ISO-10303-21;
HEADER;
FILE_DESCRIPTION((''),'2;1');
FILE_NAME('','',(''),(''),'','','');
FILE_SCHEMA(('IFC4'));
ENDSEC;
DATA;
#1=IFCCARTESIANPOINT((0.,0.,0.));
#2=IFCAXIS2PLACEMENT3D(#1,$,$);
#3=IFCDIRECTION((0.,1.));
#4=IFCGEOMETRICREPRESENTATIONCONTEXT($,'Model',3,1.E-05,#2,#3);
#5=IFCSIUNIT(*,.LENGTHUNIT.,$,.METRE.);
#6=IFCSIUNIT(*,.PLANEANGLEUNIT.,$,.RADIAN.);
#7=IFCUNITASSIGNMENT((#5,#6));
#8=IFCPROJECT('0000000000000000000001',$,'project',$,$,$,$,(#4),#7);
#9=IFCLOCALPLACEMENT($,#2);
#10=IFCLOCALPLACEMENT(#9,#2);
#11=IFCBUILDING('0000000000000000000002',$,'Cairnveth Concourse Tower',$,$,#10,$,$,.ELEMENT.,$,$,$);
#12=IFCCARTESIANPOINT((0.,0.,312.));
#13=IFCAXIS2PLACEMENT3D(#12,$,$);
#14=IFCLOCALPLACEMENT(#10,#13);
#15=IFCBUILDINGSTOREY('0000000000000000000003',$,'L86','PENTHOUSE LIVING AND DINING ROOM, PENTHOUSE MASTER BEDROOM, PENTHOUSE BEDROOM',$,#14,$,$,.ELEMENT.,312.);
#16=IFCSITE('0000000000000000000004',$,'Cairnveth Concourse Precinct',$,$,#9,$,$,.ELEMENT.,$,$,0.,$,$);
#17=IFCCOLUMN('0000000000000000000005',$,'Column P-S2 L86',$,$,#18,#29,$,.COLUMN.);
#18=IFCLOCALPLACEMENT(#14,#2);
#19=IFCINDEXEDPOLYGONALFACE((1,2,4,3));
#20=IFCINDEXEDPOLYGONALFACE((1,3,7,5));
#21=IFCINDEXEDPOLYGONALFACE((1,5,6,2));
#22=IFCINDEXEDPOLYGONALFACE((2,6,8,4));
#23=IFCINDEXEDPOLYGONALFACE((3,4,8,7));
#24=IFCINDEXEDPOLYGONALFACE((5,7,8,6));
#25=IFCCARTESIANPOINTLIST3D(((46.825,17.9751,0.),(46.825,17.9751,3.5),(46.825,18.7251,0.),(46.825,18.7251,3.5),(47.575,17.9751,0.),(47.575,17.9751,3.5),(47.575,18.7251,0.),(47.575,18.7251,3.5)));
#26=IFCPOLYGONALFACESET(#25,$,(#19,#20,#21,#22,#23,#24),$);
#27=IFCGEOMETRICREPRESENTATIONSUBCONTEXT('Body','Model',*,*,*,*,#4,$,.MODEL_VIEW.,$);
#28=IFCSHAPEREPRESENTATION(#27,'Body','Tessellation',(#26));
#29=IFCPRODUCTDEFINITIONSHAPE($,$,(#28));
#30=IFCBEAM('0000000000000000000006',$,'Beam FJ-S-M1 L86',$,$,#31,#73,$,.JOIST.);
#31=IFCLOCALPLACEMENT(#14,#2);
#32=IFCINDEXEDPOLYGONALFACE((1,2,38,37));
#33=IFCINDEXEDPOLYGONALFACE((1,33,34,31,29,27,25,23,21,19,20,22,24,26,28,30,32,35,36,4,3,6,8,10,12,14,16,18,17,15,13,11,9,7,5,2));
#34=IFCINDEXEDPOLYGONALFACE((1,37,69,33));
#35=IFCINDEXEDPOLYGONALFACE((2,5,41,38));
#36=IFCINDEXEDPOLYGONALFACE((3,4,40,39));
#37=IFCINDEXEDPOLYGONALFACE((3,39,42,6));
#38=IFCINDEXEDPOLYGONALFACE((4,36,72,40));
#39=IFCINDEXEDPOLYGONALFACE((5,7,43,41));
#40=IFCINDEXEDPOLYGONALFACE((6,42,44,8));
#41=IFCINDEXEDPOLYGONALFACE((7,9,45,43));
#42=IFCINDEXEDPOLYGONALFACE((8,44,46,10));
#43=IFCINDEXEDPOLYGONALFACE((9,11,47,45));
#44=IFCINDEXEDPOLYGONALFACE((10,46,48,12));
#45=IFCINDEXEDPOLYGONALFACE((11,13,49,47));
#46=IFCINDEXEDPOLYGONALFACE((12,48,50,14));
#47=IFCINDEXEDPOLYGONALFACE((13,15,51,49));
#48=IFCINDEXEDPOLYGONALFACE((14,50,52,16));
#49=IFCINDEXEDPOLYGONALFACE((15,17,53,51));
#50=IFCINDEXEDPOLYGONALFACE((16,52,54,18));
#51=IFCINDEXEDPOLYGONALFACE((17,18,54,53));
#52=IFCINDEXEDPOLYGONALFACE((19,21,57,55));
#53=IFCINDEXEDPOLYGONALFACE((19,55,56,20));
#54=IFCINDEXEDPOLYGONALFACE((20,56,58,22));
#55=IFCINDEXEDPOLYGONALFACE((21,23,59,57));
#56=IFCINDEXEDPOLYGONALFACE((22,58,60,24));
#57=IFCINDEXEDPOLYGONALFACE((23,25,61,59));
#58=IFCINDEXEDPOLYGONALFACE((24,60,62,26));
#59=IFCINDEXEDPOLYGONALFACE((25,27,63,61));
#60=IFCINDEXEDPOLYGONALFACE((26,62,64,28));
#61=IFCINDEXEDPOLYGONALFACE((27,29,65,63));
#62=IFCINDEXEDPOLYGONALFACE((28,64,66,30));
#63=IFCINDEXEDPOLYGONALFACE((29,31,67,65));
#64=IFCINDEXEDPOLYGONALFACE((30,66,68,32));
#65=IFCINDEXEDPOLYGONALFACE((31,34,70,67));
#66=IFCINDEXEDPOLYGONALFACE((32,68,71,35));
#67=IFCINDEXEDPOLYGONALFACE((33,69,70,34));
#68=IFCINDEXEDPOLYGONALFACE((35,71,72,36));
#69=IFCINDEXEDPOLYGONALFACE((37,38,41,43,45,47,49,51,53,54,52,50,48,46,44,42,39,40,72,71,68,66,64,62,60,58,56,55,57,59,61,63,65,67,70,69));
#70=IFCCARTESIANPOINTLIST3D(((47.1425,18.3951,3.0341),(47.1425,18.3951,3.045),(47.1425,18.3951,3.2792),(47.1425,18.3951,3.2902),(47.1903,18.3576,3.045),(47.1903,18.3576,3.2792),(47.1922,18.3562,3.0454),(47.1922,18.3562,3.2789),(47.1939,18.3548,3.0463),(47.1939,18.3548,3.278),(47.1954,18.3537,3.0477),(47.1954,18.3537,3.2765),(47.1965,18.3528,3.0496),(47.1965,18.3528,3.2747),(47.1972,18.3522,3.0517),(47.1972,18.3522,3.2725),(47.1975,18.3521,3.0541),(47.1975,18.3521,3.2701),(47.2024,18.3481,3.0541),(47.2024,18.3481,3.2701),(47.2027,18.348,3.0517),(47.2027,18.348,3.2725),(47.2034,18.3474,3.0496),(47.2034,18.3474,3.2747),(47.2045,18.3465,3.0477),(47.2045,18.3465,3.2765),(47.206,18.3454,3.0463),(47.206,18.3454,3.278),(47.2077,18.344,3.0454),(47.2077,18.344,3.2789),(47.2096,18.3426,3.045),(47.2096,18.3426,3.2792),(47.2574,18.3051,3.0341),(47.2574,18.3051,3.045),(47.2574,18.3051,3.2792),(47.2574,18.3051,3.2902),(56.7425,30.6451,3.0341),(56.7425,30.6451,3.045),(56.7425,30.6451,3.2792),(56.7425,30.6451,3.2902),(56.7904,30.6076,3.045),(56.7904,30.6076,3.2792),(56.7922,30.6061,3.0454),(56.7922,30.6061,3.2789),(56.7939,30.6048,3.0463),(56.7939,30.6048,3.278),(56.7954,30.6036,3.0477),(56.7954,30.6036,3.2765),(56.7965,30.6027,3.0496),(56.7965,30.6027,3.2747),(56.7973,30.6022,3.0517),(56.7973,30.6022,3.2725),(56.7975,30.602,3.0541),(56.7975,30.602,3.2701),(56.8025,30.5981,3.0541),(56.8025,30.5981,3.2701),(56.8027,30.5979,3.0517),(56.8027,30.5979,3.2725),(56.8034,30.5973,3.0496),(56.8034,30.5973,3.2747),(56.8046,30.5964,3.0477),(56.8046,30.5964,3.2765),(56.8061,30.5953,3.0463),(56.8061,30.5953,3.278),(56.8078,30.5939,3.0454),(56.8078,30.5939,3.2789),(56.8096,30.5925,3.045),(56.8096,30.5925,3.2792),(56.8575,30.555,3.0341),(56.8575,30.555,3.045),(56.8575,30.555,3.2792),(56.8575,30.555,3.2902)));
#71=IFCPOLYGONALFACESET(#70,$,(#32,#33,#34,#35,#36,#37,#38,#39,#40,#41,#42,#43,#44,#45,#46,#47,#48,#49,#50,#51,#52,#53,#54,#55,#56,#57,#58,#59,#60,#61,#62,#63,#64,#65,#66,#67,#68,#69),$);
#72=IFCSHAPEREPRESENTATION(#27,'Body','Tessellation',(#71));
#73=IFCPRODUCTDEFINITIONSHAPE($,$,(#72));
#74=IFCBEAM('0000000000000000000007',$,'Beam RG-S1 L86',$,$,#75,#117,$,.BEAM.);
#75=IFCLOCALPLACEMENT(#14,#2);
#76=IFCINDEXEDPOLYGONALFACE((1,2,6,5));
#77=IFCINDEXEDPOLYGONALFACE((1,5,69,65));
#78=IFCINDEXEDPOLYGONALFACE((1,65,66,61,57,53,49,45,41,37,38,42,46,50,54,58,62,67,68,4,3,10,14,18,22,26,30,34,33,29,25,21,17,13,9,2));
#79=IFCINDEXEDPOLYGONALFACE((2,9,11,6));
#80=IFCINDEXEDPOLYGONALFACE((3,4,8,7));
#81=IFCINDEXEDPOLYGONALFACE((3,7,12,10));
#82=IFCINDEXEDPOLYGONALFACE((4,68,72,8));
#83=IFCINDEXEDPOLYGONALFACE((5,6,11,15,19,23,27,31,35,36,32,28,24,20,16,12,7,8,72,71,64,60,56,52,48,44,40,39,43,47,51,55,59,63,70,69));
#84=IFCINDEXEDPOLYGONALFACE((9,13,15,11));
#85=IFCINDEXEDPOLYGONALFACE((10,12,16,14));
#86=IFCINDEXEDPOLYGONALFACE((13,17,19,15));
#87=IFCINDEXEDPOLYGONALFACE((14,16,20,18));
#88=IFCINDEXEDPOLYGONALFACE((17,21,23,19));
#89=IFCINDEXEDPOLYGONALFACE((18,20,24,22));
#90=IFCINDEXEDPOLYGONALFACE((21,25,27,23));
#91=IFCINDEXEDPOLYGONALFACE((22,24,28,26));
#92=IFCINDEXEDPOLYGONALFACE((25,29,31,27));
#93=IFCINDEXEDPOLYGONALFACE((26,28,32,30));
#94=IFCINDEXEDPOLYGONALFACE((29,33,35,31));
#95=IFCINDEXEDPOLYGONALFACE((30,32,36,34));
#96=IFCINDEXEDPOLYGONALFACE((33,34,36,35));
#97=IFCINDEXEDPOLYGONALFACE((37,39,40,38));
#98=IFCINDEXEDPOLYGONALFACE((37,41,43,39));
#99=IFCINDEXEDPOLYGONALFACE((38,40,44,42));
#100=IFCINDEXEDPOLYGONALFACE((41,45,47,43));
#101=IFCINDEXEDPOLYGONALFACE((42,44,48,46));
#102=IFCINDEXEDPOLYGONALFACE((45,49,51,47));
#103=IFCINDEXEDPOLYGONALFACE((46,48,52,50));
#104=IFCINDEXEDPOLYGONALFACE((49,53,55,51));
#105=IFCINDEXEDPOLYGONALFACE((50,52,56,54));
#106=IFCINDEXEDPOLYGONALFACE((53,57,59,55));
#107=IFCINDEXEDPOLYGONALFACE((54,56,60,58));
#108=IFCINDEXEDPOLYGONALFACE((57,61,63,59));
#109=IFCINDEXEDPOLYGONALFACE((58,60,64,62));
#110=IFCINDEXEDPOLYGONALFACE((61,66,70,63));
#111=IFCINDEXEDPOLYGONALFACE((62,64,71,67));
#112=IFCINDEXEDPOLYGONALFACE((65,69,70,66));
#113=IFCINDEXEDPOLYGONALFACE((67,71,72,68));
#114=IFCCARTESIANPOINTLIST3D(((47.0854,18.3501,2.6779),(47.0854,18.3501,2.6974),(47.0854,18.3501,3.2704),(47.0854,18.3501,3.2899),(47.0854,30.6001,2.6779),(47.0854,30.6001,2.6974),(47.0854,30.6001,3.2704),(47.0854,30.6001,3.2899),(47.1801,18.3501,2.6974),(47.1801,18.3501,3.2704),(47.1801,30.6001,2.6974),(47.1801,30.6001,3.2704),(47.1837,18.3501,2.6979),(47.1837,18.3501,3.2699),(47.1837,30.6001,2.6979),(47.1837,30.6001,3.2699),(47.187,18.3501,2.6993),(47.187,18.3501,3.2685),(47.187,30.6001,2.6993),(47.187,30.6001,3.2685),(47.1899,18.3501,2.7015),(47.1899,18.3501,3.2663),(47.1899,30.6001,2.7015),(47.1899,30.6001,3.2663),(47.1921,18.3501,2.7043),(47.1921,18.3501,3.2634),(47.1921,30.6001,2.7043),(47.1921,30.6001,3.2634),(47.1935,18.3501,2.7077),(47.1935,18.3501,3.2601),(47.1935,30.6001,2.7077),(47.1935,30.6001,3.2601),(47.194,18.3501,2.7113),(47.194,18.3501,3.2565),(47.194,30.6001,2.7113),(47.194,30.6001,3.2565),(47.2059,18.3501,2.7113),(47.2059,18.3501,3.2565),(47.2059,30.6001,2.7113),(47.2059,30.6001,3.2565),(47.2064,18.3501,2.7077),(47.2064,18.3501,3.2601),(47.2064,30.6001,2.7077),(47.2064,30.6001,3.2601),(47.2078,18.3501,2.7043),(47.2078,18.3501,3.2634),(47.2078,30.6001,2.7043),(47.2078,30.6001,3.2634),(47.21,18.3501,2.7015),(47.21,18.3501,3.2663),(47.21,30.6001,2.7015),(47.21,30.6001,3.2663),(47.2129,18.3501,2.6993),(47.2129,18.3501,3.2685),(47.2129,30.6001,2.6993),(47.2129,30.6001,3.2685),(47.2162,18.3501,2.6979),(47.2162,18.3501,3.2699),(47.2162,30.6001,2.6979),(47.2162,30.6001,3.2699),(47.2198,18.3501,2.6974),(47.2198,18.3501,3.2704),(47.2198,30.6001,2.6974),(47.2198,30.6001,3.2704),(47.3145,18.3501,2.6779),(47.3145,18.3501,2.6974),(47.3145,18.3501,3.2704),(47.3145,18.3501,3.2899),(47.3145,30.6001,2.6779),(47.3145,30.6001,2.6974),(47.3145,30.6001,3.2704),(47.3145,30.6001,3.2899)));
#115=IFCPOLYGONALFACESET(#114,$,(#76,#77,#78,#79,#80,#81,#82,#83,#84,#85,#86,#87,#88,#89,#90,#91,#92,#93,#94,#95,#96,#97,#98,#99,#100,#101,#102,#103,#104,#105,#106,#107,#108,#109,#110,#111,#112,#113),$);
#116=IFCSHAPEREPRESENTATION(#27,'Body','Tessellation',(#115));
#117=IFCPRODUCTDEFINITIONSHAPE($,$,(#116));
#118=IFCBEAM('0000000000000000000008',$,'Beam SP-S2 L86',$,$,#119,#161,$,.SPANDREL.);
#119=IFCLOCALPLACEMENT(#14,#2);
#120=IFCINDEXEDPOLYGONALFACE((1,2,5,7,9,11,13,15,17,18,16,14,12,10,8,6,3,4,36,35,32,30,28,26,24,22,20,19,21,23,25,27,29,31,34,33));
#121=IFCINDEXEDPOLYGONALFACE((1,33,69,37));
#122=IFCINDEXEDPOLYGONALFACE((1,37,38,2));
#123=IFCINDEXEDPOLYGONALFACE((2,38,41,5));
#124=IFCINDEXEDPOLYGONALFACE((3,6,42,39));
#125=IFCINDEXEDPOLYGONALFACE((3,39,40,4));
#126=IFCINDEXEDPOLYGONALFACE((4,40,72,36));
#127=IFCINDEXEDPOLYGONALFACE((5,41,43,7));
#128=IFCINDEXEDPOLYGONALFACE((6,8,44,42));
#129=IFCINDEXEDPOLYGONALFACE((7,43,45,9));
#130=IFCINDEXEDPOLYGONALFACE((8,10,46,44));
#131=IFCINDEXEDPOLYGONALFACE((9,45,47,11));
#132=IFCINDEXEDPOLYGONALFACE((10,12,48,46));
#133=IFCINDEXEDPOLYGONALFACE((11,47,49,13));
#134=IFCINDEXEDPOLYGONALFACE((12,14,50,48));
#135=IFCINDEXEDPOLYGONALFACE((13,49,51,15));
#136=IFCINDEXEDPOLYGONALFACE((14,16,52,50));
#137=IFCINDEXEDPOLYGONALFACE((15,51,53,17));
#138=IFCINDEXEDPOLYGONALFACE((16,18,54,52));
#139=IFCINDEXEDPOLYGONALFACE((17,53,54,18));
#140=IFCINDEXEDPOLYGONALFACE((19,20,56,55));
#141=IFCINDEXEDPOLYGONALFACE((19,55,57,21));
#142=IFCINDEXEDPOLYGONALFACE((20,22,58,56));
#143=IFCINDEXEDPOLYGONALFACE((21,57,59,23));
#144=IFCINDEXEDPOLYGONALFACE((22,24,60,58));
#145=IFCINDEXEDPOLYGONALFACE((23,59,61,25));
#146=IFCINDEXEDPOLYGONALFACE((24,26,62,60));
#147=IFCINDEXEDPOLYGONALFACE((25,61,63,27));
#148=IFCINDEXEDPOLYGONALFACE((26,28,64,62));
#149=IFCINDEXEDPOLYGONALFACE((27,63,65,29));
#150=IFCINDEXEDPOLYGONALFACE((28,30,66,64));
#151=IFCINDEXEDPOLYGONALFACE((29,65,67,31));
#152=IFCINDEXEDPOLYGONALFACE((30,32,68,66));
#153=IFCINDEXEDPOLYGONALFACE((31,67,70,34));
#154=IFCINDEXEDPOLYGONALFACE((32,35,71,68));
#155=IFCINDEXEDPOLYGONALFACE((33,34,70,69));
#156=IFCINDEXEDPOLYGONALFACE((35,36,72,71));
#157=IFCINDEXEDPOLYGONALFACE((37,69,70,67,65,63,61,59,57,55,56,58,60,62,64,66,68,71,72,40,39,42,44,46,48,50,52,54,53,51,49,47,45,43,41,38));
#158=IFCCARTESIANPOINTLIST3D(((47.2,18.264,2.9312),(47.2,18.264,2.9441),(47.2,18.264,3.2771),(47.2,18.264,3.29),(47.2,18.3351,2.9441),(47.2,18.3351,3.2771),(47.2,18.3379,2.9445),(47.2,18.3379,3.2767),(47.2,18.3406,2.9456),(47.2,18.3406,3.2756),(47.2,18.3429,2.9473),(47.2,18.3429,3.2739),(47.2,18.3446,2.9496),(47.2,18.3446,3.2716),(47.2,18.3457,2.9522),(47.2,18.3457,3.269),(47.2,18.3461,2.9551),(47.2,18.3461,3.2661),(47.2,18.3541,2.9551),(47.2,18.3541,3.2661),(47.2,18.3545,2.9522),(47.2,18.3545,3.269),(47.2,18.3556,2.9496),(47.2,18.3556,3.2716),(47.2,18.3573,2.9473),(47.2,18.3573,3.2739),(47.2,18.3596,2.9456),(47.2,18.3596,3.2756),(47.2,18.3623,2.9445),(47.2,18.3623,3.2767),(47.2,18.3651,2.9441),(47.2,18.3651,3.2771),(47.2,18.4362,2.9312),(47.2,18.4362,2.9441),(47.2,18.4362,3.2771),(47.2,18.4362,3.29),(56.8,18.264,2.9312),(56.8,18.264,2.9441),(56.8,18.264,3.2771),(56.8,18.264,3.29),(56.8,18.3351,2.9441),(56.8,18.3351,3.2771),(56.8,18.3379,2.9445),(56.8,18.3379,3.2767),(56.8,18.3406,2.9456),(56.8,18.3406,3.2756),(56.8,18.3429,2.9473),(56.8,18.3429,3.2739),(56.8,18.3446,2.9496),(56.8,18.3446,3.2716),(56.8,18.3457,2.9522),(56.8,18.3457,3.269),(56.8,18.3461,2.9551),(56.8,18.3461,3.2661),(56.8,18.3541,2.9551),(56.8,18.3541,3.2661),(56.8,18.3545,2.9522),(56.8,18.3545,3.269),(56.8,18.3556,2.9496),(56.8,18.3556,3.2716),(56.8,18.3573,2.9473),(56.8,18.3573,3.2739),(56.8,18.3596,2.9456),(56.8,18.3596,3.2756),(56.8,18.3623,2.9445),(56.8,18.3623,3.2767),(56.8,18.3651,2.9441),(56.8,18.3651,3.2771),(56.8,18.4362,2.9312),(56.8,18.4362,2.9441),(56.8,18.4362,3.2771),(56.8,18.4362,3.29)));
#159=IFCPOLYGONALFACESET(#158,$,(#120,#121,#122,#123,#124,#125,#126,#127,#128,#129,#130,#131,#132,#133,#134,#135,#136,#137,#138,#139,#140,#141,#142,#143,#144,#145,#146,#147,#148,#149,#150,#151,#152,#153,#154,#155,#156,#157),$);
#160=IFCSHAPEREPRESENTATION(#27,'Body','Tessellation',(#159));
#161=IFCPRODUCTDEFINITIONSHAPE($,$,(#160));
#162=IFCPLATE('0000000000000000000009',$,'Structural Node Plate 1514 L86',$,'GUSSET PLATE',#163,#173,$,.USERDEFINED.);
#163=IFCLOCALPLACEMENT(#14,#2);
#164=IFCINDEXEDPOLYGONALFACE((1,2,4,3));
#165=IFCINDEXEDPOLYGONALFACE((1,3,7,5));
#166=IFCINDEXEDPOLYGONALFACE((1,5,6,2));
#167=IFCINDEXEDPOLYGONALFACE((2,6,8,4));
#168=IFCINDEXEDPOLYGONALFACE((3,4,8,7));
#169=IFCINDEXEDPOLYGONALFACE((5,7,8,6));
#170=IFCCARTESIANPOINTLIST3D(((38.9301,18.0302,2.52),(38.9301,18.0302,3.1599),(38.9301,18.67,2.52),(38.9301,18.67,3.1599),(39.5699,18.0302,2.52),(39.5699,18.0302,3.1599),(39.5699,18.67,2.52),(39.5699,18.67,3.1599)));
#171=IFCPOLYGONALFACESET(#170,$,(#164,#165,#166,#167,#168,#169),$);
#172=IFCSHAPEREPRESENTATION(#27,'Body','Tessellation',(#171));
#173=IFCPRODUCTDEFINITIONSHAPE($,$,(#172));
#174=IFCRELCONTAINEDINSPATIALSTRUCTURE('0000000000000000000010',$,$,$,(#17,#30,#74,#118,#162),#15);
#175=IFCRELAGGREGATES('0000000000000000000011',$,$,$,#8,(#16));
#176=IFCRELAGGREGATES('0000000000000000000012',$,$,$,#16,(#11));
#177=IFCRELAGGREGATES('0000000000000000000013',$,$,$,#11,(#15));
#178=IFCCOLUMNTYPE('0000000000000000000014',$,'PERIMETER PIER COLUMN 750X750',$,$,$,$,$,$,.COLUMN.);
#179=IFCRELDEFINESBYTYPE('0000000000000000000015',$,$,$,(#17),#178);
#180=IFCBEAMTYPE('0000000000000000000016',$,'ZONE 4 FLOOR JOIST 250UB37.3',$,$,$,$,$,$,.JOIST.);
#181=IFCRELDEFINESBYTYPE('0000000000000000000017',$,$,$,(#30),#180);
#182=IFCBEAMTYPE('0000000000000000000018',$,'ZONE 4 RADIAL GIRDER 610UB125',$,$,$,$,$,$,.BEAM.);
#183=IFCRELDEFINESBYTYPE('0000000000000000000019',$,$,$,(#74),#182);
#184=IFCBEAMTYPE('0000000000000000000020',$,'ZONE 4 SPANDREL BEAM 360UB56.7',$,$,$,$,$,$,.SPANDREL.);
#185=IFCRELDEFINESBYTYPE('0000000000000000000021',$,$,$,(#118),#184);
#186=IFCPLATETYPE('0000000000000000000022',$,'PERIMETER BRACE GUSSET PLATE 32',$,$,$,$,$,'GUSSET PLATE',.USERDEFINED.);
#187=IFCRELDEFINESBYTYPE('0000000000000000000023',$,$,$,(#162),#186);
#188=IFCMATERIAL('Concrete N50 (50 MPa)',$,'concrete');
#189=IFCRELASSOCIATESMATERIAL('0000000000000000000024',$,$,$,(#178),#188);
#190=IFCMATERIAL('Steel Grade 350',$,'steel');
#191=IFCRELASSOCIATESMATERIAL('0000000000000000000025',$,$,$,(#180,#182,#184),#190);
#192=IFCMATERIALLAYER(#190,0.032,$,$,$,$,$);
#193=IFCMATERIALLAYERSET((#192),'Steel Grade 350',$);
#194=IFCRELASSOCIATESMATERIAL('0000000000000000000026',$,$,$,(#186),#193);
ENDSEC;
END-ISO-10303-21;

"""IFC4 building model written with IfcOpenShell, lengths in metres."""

from ifc_helpers import new_model, si_unit, direction, frame, origin, origin_2d, place, context, subcontext, project, spatial, rectangle, i_section, extrude, material, layer, layer_set, material_profile, profile_set, type_object, element, save


model = new_model("IFC4")

# Units and contexts
model_context = context("Model", 3, precision=1e-05, world=origin(), true_north=direction((0.0, 1.0)))
body_context = subcontext(model_context, "Body", "Model", "MODEL_VIEW")
ifc_project = project(units=[si_unit("LENGTHUNIT", "METRE"), si_unit("PLANEANGLEUNIT", "RADIAN")], contexts=[model_context])

# Site, building, storey
site_placement = place(None, origin())
site = spatial("IfcSite", under=ifc_project, at=site_placement, Name="Cairnveth Concourse Precinct", CompositionType="ELEMENT", RefElevation=0.0)
building_placement = place(site_placement, origin())
building = spatial("IfcBuilding", under=site, at=building_placement, Name="Cairnveth Concourse Tower", CompositionType="ELEMENT")
storey_placement = place(building_placement, frame((0.0, 0.0, 312.0)))
storey = spatial("IfcBuildingStorey", under=building, at=storey_placement, Name="L86", Description="PENTHOUSE LIVING AND DINING ROOM, PENTHOUSE MASTER BEDROOM, PENTHOUSE BEDROOM", CompositionType="ELEMENT", Elevation=312.0)

# Column
ifc_material_1 = material(Name="Concrete N50 (50 MPa)", Category="concrete")
ifc_material_profile_1 = material_profile(ifc_material_1, rectangle(XDim=0.75, YDim=0.75, at=origin_2d()), Name="RC-COL-750x750")
ifc_profile_set_1 = profile_set([ifc_material_profile_1], Name="Concrete N50 (50 MPa)")
column_type = type_object("IfcColumnType", Name="PERIMETER PIER COLUMN 750X750", PredefinedType="COLUMN", material=ifc_profile_set_1)
column_placement = place(storey_placement, frame((47.2, 18.3501, 0.0), z_axis=(0.0, 0.0, 1.0), x_axis=(1.0, 0.0, 0.0)))
element("IfcColumn", 1, at=column_placement, inside=storey, type_object=column_type, Name="Column P-S2 L86", PredefinedType="COLUMN", context=body_context, shape_type="SweptSolid", body=[
    extrude(rectangle(XDim=0.75, YDim=0.75, at=origin_2d()), origin(), (0.0, 0.0, 1.0), 3.5),
])

# Beams
ifc_material_2 = material(Name="Steel Grade 350", Category="steel")
ifc_material_profile_2 = material_profile(ifc_material_2, i_section(OverallWidth=0.146, OverallDepth=0.2561, WebThickness=0.0063, FlangeThickness=0.011, FilletRadius=0.009, at=origin_2d()), Name="250UB37.3")
ifc_profile_set_2 = profile_set([ifc_material_profile_2], Name="Steel Grade 350")
beam_type_1 = type_object("IfcBeamType", Name="ZONE 4 FLOOR JOIST 250UB37.3", PredefinedType="JOIST", material=ifc_profile_set_2)
beam_1_placement = place(storey_placement, frame((47.2, 18.3501, 3.1621), z_axis=(0.616832, 0.787095, 0.0), x_axis=(-0.787095, 0.616832, 0.0)))
element("IfcBeam", 2, at=beam_1_placement, inside=storey, type_object=beam_type_1, Name="Beam FJ-S-M1 L86", PredefinedType="JOIST", context=body_context, shape_type="SweptSolid", body=[
    extrude(i_section(OverallWidth=0.146, OverallDepth=0.2561, WebThickness=0.0063, FlangeThickness=0.011, FilletRadius=0.009, at=origin_2d()), origin(), (0.0, 0.0, 1.0), 15.5635),
])
ifc_material_profile_3 = material_profile(ifc_material_2, i_section(OverallWidth=0.229, OverallDepth=0.6121, WebThickness=0.012, FlangeThickness=0.0195, FilletRadius=0.0139, at=origin_2d()), Name="610UB125")
ifc_profile_set_3 = profile_set([ifc_material_profile_3], Name="Steel Grade 350")
beam_type_2 = type_object("IfcBeamType", Name="ZONE 4 RADIAL GIRDER 610UB125", PredefinedType="BEAM", material=ifc_profile_set_3)
beam_2_placement = place(storey_placement, frame((47.2, 18.3501, 2.9839), z_axis=(0.0, 1.0, 0.0), x_axis=(-1.0, 0.0, 0.0)))
element("IfcBeam", 3, at=beam_2_placement, inside=storey, type_object=beam_type_2, Name="Beam RG-S1 L86", PredefinedType="BEAM", context=body_context, shape_type="SweptSolid", body=[
    extrude(i_section(OverallWidth=0.229, OverallDepth=0.6121, WebThickness=0.012, FlangeThickness=0.0195, FilletRadius=0.0139, at=origin_2d()), origin(), (0.0, 0.0, 1.0), 12.25),
])
ifc_material_profile_4 = material_profile(ifc_material_2, i_section(OverallWidth=0.1721, OverallDepth=0.3589, WebThickness=0.0081, FlangeThickness=0.0129, FilletRadius=0.011, at=origin_2d()), Name="360UB56.7")
ifc_profile_set_4 = profile_set([ifc_material_profile_4], Name="Steel Grade 350")
beam_type_3 = type_object("IfcBeamType", Name="ZONE 4 SPANDREL BEAM 360UB56.7", PredefinedType="SPANDREL", material=ifc_profile_set_4)
beam_3_placement = place(storey_placement, frame((47.2, 18.3501, 3.1106), z_axis=(1.0, 0.0, 0.0), x_axis=(0.0, 1.0, 0.0)))
element("IfcBeam", 4, at=beam_3_placement, inside=storey, type_object=beam_type_3, Name="Beam SP-S2 L86", PredefinedType="SPANDREL", context=body_context, shape_type="SweptSolid", body=[
    extrude(i_section(OverallWidth=0.1721, OverallDepth=0.3589, WebThickness=0.0081, FlangeThickness=0.0129, FilletRadius=0.011, at=origin_2d()), origin(), (0.0, 0.0, 1.0), 9.6001),
])

# Plate
ifc_layer_1 = layer(ifc_material_2, 0.032)
ifc_layer_set_1 = layer_set([ifc_layer_1], Name="Steel Grade 350")
plate_type = type_object("IfcPlateType", Name="PERIMETER BRACE GUSSET PLATE 32", ElementType="GUSSET PLATE", PredefinedType="USERDEFINED", material=ifc_layer_set_1)
plate_placement = place(storey_placement, frame((39.25, 18.3501, 2.52), z_axis=(0.0, 0.0, 1.0), x_axis=(1.0, 0.0, 0.0)))
element("IfcPlate", 5, at=plate_placement, inside=storey, type_object=plate_type, Name="Structural Node Plate 1514 L86", ObjectType="GUSSET PLATE", PredefinedType="USERDEFINED", context=body_context, shape_type="SweptSolid", body=[
    extrude(rectangle(XDim=0.6399, YDim=0.6399, at=origin_2d()), origin(), (0.0, 0.0, 1.0), 0.6399),
])

save(model, "model.ifc")
